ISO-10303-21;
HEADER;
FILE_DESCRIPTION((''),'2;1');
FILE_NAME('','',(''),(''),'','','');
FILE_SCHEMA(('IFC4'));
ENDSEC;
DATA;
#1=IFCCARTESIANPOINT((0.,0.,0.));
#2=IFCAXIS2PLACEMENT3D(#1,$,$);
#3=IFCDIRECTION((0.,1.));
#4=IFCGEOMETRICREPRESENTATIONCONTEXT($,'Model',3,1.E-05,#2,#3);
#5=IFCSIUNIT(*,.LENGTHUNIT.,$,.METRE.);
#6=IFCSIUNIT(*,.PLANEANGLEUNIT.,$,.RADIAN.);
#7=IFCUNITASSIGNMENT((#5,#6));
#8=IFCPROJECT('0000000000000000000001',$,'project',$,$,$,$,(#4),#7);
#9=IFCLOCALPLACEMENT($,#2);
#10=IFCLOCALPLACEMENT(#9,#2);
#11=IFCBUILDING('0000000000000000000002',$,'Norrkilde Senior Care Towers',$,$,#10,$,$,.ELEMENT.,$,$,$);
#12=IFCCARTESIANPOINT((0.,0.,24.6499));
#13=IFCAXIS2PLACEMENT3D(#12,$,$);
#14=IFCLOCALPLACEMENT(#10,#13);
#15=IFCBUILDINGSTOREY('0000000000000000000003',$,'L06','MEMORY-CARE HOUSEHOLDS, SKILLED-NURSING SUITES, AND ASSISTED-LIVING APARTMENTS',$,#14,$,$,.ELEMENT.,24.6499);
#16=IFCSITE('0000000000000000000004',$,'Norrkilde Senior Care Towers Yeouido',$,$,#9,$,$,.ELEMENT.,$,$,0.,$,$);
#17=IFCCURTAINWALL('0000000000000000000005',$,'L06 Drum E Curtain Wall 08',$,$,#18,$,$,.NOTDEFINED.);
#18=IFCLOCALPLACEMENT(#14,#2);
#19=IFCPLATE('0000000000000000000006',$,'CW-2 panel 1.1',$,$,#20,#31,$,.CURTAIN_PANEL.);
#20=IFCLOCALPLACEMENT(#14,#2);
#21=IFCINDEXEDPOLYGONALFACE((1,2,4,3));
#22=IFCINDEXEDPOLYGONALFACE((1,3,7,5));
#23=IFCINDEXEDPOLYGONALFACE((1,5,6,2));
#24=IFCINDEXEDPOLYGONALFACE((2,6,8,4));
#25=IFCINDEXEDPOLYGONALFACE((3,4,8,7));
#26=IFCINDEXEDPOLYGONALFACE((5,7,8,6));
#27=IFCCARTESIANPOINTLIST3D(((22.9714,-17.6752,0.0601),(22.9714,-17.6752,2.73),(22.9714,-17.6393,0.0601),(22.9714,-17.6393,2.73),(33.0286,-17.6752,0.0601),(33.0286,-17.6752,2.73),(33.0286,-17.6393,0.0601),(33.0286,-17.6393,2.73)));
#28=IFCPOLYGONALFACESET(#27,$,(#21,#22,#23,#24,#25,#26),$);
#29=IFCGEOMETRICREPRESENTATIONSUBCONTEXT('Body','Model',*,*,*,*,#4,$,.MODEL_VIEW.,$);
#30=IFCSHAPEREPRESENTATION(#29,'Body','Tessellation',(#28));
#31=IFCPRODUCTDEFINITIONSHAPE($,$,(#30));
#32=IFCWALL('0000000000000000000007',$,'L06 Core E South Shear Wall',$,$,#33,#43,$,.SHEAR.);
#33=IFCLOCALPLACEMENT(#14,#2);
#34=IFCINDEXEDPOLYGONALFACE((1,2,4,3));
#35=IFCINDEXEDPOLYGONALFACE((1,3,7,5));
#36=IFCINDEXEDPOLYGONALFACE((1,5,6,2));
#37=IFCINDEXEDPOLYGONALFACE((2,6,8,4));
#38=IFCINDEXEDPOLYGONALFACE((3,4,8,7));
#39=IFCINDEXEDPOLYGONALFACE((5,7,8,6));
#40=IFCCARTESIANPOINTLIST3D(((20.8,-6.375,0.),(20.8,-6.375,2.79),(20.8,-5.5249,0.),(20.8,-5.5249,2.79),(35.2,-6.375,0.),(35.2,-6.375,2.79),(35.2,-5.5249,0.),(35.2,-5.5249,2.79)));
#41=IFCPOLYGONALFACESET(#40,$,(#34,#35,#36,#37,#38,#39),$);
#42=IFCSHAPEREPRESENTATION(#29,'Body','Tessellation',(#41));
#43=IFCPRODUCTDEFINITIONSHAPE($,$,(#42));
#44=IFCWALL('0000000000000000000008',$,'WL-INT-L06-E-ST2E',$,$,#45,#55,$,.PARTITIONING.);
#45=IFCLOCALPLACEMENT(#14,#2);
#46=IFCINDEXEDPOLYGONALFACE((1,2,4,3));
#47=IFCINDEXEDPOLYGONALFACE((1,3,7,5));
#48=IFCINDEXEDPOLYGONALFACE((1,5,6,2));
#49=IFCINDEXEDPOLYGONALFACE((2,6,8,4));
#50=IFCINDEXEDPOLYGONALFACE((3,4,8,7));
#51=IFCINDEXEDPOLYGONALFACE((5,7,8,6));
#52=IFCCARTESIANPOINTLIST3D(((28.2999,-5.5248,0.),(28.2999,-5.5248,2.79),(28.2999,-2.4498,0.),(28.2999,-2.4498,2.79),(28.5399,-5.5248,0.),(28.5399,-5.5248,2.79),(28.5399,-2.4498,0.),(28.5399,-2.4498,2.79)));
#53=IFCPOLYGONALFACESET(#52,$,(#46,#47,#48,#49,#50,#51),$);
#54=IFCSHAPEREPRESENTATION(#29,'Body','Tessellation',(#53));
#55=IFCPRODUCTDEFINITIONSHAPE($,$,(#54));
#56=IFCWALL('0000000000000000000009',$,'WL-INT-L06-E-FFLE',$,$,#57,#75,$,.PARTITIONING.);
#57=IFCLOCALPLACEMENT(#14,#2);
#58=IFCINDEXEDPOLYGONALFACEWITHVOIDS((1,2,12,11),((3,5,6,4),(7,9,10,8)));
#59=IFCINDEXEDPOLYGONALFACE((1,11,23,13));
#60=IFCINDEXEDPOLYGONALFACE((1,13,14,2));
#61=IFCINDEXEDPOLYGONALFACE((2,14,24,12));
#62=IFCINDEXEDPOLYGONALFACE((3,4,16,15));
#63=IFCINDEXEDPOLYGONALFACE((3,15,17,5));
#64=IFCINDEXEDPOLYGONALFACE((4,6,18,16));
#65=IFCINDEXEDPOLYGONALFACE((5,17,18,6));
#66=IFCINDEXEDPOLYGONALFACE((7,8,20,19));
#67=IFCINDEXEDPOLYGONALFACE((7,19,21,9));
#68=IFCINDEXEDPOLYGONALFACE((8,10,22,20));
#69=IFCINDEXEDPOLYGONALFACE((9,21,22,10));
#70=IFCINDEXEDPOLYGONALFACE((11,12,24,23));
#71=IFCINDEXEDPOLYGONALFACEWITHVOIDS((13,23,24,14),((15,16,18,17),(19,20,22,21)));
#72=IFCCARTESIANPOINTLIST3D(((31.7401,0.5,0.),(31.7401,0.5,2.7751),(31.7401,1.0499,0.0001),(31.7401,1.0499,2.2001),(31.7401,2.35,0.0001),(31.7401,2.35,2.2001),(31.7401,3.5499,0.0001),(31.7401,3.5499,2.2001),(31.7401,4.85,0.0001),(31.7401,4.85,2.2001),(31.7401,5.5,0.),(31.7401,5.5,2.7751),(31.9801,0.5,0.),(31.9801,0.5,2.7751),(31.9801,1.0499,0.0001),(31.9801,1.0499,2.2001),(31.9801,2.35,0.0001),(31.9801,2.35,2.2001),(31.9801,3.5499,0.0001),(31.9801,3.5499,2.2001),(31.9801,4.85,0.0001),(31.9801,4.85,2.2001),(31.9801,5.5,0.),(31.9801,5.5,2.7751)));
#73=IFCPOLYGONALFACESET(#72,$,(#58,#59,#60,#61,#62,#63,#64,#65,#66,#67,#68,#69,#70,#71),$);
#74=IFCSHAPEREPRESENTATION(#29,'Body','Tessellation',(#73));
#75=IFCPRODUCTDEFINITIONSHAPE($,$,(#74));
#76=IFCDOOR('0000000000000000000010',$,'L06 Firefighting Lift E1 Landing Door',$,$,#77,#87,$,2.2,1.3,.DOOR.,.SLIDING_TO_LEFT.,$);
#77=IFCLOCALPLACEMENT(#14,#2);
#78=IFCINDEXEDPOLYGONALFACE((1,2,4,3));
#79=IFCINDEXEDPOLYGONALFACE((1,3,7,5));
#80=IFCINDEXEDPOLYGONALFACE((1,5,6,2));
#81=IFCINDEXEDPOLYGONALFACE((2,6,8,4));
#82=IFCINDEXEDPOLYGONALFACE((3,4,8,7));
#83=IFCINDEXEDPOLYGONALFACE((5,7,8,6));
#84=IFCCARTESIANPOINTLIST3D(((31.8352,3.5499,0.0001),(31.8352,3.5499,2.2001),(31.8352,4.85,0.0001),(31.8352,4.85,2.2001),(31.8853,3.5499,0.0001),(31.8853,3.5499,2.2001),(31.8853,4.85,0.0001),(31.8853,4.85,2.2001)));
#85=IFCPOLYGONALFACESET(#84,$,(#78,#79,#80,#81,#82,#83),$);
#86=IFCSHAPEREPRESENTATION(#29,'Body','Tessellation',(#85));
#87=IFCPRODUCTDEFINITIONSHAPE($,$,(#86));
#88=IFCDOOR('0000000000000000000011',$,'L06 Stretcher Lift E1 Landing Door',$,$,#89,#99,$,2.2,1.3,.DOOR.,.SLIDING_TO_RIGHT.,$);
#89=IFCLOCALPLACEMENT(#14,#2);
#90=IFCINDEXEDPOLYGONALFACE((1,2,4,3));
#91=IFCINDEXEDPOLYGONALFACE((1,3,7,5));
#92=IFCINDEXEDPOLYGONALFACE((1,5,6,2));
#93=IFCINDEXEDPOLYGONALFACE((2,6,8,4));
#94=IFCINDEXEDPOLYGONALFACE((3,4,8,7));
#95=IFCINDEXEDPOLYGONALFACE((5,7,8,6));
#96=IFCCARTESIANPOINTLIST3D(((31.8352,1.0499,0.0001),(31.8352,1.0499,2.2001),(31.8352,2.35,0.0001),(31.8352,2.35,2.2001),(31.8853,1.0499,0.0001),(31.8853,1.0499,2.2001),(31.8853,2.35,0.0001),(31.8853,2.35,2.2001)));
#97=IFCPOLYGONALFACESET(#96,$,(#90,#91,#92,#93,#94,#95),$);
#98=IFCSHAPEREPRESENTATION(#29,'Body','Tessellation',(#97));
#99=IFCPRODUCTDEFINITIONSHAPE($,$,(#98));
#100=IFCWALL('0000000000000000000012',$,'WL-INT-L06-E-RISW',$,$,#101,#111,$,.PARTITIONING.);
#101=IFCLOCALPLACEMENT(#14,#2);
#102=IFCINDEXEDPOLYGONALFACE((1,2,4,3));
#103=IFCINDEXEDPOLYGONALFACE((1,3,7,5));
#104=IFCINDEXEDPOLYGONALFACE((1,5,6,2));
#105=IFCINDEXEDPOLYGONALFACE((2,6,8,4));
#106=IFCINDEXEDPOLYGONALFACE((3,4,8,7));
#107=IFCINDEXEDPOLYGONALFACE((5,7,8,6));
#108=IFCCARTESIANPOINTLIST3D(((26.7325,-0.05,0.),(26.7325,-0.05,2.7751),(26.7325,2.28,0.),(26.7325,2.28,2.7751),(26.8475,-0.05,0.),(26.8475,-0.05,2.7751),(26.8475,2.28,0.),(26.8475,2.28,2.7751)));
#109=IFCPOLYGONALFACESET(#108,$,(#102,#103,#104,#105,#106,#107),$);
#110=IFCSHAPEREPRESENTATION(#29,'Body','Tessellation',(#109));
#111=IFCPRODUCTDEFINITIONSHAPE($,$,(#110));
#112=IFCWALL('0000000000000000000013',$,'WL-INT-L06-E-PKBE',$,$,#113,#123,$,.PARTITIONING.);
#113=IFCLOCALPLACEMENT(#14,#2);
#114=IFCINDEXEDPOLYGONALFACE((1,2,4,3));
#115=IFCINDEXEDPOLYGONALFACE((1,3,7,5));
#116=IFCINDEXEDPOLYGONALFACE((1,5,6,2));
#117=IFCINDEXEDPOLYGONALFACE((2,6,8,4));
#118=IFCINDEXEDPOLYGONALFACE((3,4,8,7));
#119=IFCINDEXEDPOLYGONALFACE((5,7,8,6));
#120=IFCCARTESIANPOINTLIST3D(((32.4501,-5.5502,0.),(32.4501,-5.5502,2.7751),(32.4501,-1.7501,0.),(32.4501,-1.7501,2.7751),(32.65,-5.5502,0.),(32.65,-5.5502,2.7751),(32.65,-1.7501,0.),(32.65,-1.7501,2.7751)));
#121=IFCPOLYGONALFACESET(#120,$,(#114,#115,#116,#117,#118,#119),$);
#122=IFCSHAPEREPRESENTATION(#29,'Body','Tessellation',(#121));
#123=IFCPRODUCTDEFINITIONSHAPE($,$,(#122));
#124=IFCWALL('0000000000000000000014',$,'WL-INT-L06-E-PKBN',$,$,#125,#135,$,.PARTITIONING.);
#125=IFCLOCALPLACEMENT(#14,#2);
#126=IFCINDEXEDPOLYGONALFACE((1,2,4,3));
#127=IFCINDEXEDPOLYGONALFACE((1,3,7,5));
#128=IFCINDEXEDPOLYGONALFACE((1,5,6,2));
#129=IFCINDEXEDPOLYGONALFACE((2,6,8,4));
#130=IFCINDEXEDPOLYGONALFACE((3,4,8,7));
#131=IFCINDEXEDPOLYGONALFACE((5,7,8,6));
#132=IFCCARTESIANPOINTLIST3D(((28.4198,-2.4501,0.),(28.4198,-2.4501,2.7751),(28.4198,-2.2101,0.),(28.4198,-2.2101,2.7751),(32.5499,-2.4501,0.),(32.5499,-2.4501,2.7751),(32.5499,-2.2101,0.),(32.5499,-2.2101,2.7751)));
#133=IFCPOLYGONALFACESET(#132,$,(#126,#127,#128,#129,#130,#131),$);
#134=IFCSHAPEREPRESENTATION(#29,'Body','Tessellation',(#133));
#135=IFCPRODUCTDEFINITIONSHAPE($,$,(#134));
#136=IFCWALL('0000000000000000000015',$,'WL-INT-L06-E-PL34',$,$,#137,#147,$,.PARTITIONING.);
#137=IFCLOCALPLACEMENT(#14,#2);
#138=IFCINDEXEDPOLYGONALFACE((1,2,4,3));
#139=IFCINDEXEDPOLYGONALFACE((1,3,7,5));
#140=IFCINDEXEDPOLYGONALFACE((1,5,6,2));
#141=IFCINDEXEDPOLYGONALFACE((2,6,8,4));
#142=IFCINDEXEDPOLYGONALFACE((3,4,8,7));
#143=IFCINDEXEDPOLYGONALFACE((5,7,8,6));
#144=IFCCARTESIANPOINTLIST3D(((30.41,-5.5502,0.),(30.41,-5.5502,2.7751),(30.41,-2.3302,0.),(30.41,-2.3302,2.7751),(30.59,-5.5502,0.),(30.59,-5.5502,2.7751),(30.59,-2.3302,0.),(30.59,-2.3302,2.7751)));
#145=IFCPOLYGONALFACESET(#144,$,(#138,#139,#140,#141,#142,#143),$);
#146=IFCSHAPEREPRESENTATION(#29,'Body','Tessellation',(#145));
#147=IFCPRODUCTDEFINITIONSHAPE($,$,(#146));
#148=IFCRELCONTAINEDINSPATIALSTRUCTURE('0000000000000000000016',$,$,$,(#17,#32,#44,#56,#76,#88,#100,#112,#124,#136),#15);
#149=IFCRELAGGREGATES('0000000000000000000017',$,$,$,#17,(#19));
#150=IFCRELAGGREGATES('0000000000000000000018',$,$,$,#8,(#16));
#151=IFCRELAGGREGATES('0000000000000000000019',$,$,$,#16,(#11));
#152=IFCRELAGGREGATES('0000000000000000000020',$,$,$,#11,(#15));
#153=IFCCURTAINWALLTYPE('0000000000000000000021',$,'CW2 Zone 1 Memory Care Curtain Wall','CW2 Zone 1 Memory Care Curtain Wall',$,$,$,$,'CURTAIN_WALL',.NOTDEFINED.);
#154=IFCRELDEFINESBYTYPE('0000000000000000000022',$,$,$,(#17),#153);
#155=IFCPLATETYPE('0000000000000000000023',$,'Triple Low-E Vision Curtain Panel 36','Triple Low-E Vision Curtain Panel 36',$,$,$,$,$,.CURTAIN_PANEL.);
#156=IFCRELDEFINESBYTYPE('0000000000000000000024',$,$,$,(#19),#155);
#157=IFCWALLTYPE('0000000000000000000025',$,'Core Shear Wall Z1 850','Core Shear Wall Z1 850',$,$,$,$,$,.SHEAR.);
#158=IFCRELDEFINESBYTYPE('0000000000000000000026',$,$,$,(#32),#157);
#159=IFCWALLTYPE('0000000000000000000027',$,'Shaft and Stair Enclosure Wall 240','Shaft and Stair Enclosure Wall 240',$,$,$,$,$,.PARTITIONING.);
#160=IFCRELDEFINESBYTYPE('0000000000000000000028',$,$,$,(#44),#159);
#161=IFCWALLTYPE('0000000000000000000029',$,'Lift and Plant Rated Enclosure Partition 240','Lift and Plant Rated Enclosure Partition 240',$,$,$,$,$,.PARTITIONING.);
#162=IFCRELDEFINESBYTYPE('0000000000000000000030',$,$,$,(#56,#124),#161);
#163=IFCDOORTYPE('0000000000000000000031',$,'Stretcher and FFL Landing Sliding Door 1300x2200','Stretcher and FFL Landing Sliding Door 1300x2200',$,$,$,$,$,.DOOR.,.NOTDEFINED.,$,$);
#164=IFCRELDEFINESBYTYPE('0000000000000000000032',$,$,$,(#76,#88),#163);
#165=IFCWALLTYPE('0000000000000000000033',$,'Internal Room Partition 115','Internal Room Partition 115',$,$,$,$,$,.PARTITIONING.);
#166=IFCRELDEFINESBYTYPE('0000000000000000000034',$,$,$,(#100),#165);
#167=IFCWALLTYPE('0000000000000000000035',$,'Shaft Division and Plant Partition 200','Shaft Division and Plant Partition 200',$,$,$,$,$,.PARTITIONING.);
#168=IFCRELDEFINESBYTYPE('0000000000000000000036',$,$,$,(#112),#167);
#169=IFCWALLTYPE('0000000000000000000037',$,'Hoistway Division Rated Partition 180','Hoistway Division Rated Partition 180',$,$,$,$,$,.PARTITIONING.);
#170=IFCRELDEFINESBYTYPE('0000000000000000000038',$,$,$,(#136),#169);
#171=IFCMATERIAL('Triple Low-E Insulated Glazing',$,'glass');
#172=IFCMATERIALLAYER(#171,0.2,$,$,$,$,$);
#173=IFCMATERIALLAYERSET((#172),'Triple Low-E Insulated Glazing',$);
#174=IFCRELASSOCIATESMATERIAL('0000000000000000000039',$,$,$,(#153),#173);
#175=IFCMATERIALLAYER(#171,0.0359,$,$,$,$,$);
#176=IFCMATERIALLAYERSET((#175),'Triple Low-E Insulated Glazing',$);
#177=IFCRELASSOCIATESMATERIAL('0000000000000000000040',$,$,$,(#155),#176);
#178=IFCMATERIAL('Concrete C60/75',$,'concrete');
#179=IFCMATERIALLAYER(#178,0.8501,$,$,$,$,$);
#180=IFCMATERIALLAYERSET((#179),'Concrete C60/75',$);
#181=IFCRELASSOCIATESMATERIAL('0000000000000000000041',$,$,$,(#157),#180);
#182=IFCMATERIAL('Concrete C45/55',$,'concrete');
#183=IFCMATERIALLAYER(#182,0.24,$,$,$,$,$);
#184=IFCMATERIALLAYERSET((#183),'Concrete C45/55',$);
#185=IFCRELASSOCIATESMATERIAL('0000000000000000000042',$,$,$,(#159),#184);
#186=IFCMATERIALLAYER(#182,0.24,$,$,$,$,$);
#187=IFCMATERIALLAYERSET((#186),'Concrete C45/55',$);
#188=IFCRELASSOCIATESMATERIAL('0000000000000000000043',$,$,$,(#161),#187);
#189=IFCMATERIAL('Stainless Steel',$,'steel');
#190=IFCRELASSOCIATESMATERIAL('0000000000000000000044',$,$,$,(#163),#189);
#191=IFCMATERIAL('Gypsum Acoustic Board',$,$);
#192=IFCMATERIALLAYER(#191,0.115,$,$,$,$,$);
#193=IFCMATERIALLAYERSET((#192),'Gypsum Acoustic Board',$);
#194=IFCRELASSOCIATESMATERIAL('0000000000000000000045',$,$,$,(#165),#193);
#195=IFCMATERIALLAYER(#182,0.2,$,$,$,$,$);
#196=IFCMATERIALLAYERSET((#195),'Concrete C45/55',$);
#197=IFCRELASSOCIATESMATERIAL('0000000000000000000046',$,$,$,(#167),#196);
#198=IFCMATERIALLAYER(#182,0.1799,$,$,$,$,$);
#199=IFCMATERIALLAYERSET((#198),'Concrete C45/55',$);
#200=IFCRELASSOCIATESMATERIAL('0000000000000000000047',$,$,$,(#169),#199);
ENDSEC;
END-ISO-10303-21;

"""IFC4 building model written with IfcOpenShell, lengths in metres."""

from ifc_helpers import new_model, si_unit, direction, frame, frame_2d, origin, origin_2d, place, context, subcontext, project, spatial, rectangle, extrude, source, transform, mapped, material, layer, layer_set, type_object, type_shapes, element, fill, aggregate, save


model = new_model("IFC4")

# Units and contexts
model_context = context("Model", 3, precision=1e-05, world=origin(), true_north=direction((0.0, 1.0)))
body_context = subcontext(model_context, "Body", "Model", "MODEL_VIEW")
ifc_project = project(units=[si_unit("LENGTHUNIT", "METRE"), si_unit("PLANEANGLEUNIT", "RADIAN")], contexts=[model_context])

# Site, building, storey
site_placement = place(None, origin())
site = spatial("IfcSite", under=ifc_project, at=site_placement, Name="Norrkilde Senior Care Towers Yeouido", CompositionType="ELEMENT", RefElevation=0.0)
building_placement = place(site_placement, origin())
building = spatial("IfcBuilding", under=site, at=building_placement, Name="Norrkilde Senior Care Towers", CompositionType="ELEMENT")
storey_placement = place(building_placement, frame((0.0, 0.0, 24.6499)))
storey = spatial("IfcBuildingStorey", under=building, at=storey_placement, Name="L06", Description="MEMORY-CARE HOUSEHOLDS, SKILLED-NURSING SUITES, AND ASSISTED-LIVING APARTMENTS", CompositionType="ELEMENT", Elevation=24.6499)

# Shared definitions
ifc_material_1 = material(Name="Concrete C60/75", Category="concrete")

# Curtain wall, plate
ifc_material_2 = material(Name="Triple Low-E Insulated Glazing", Category="glass")
ifc_layer_1 = layer(ifc_material_2, 0.2)
ifc_layer_set_1 = layer_set([ifc_layer_1], Name="Triple Low-E Insulated Glazing")
curtain_wall_type = type_object("IfcCurtainWallType", Name="CW2 Zone 1 Memory Care Curtain Wall", Description="CW2 Zone 1 Memory Care Curtain Wall", ElementType="CURTAIN_WALL", PredefinedType="NOTDEFINED", material=ifc_layer_set_1)
curtain_wall_placement = place(storey_placement, origin())
curtain_wall = element("IfcCurtainWall", 1, at=curtain_wall_placement, inside=storey, type_object=curtain_wall_type, Name="L06 Drum E Curtain Wall 08", PredefinedType="NOTDEFINED")
ifc_layer_2 = layer(ifc_material_2, 0.0359)
ifc_layer_set_2 = layer_set([ifc_layer_2], Name="Triple Low-E Insulated Glazing")
plate_type = type_object("IfcPlateType", Name="Triple Low-E Vision Curtain Panel 36", Description="Triple Low-E Vision Curtain Panel 36", PredefinedType="CURTAIN_PANEL", material=ifc_layer_set_2)
shared_shape_1 = source(origin(), body_context, "Body", "SweptSolid", [
    extrude(rectangle(XDim=10.0571, YDim=0.0359, at=origin_2d()), origin(), (0.0, 0.0, 1.0), 2.6699),
])
type_shapes(plate_type, [shared_shape_1])
plate_placement = place(storey_placement, frame((28.0, -17.6572, 0.0601), z_axis=(0.0, 0.0, 1.0), x_axis=(-1.0, 0.0, 0.0)))
plate = element("IfcPlate", 2, at=plate_placement, type_object=plate_type, Name="CW-2 panel 1.1", PredefinedType="CURTAIN_PANEL", context=body_context, shape_type="MappedRepresentation", body=[
    mapped(shared_shape_1, transform((0.0, 0.0, 0.0), x_axis=(1.0, 0.0, 0.0), y_axis=(0.0, 1.0, 0.0), z_axis=(0.0, 0.0, 1.0), scale=1.0)),
])
aggregate(curtain_wall, [plate])

# Walls
ifc_layer_3 = layer(ifc_material_1, 0.8501)
ifc_layer_set_3 = layer_set([ifc_layer_3], Name="Concrete C60/75")
wall_type_1 = type_object("IfcWallType", Name="Core Shear Wall Z1 850", Description="Core Shear Wall Z1 850", PredefinedType="SHEAR", material=ifc_layer_set_3)
shared_shape_2 = source(origin(), body_context, "Body", "SweptSolid", [
    extrude(rectangle(XDim=14.3999, YDim=0.8501, at=frame_2d((7.2, 0.0))), origin(), (0.0, 0.0, 1.0), 2.79),
])
type_shapes(wall_type_1, [shared_shape_2])
wall_1_placement = place(storey_placement, frame((35.2, -5.95, 0.0), z_axis=(0.0, 0.0, 1.0), x_axis=(-1.0, 0.0, 0.0)))
element("IfcWall", 3, at=wall_1_placement, inside=storey, type_object=wall_type_1, Name="L06 Core E South Shear Wall", PredefinedType="SHEAR", context=body_context, shape_type="MappedRepresentation", body=[
    mapped(shared_shape_2, transform((0.0, 0.0, 0.0), x_axis=(1.0, 0.0, 0.0), y_axis=(0.0, 1.0, 0.0), z_axis=(0.0, 0.0, 1.0), scale=1.0)),
])
ifc_material_3 = material(Name="Concrete C45/55", Category="concrete")
ifc_layer_4 = layer(ifc_material_3, 0.24)
ifc_layer_set_4 = layer_set([ifc_layer_4], Name="Concrete C45/55")
wall_type_2 = type_object("IfcWallType", Name="Shaft and Stair Enclosure Wall 240", Description="Shaft and Stair Enclosure Wall 240", PredefinedType="PARTITIONING", material=ifc_layer_set_4)
shared_shape_3 = source(origin(), body_context, "Body", "SweptSolid", [
    extrude(rectangle(XDim=3.075, YDim=0.24, at=frame_2d((1.5376, 0.0))), origin(), (0.0, 0.0, 1.0), 2.79),
])
type_shapes(wall_type_2, [shared_shape_3])
wall_2_placement = place(storey_placement, frame((28.4199, -5.5249, 0.0), z_axis=(0.0, 0.0, 1.0), x_axis=(0.0, 1.0, 0.0)))
element("IfcWall", 4, at=wall_2_placement, inside=storey, type_object=wall_type_2, Name="WL-INT-L06-E-ST2E", PredefinedType="PARTITIONING", context=body_context, shape_type="MappedRepresentation", body=[
    mapped(shared_shape_3, transform((0.0, 0.0, 0.0), x_axis=(1.0, 0.0, 0.0), y_axis=(0.0, 1.0, 0.0), z_axis=(0.0, 0.0, 1.0), scale=1.0)),
])

# Wall, openings, doors
ifc_layer_5 = layer(ifc_material_3, 0.24)
ifc_layer_set_5 = layer_set([ifc_layer_5], Name="Concrete C45/55")
wall_type_3 = type_object("IfcWallType", Name="Lift and Plant Rated Enclosure Partition 240", Description="Lift and Plant Rated Enclosure Partition 240", PredefinedType="PARTITIONING", material=ifc_layer_set_5)
shared_shape_4 = source(origin(), body_context, "Body", "SweptSolid", [
    extrude(rectangle(XDim=5.0, YDim=0.24, at=frame_2d((2.5, 0.0))), origin(), (0.0, 0.0, 1.0), 2.7751),
])
wall_3_placement = place(storey_placement, frame((31.8601, 0.5, 0.0), z_axis=(0.0, 0.0, 1.0), x_axis=(0.0, 1.0, 0.0)))
wall_3 = element("IfcWall", 5, at=wall_3_placement, inside=storey, type_object=wall_type_3, Name="WL-INT-L06-E-FFLE", PredefinedType="PARTITIONING", context=body_context, shape_type="MappedRepresentation", body=[
    mapped(shared_shape_4, transform((0.0, 0.0, 0.0), x_axis=(1.0, 0.0, 0.0), y_axis=(0.0, 1.0, 0.0), z_axis=(0.0, 0.0, 1.0), scale=1.0)),
])
opening_1_placement = place(wall_3_placement, frame((3.05, 0.0, 0.0)))
opening_1 = element("IfcOpeningElement", 6, at=opening_1_placement, cuts=wall_3, PredefinedType="OPENING", context=body_context, shape_type="SweptSolid", body=[
    extrude(rectangle(XDim=1.3, YDim=2.2, at=frame_2d((0.6499, 1.1001))), frame((0.0, 0.1299, 0.0), z_axis=(0.0, -1.0, 0.0), x_axis=(1.0, 0.0, 0.0)), (0.0, 0.0, 1.0), 0.26),
])
opening_2_placement = place(wall_3_placement, frame((0.55, 0.0, 0.0)))
opening_2 = element("IfcOpeningElement", 7, at=opening_2_placement, cuts=wall_3, PredefinedType="OPENING", context=body_context, shape_type="SweptSolid", body=[
    extrude(rectangle(XDim=1.3, YDim=2.2, at=frame_2d((0.6499, 1.1001))), frame((0.0, 0.1299, 0.0), z_axis=(0.0, -1.0, 0.0), x_axis=(1.0, 0.0, 0.0)), (0.0, 0.0, 1.0), 0.26),
])
ifc_material_4 = material(Name="Stainless Steel", Category="steel")
door_type_1 = type_object("IfcDoorType", Name="Stretcher and FFL Landing Sliding Door 1300x2200", Description="Stretcher and FFL Landing Sliding Door 1300x2200", OperationType="NOTDEFINED", PredefinedType="DOOR", material=ifc_material_4)
shared_shape_5 = source(origin(), body_context, "Body", "SweptSolid", [
    extrude(rectangle(XDim=1.3, YDim=2.2, at=frame_2d((0.6499, 1.1001))), frame((0.0, 0.0249, 0.0), z_axis=(0.0, -1.0, 0.0), x_axis=(1.0, 0.0, 0.0)), (0.0, 0.0, 1.0), 0.05),
])
type_shapes(door_type_1, [shared_shape_5])
door_1_placement = place(opening_1_placement, origin())
door_1 = element("IfcDoor", 8, at=door_1_placement, inside=storey, type_object=door_type_1, Name="L06 Firefighting Lift E1 Landing Door", OperationType="SLIDING_TO_LEFT", OverallHeight=2.2, OverallWidth=1.3, PredefinedType="DOOR", context=body_context, shape_type="MappedRepresentation", body=[
    mapped(shared_shape_5, transform((0.0, 0.0, 0.0), x_axis=(1.0, 0.0, 0.0), y_axis=(0.0, 1.0, 0.0), z_axis=(0.0, 0.0, 1.0), scale=1.0)),
])
fill(opening_1, door_1)
door_2_placement = place(opening_2_placement, origin())
door_2 = element("IfcDoor", 9, at=door_2_placement, inside=storey, type_object=door_type_1, Name="L06 Stretcher Lift E1 Landing Door", OperationType="SLIDING_TO_RIGHT", OverallHeight=2.2, OverallWidth=1.3, PredefinedType="DOOR", context=body_context, shape_type="MappedRepresentation", body=[
    mapped(shared_shape_5, transform((0.0, 0.0, 0.0), x_axis=(1.0, 0.0, 0.0), y_axis=(0.0, 1.0, 0.0), z_axis=(0.0, 0.0, 1.0), scale=1.0)),
])
fill(opening_2, door_2)

# Walls
ifc_material_5 = material(Name="Gypsum Acoustic Board")
ifc_layer_6 = layer(ifc_material_5, 0.115)
ifc_layer_set_6 = layer_set([ifc_layer_6], Name="Gypsum Acoustic Board")
wall_type_4 = type_object("IfcWallType", Name="Internal Room Partition 115", Description="Internal Room Partition 115", PredefinedType="PARTITIONING", material=ifc_layer_set_6)
shared_shape_6 = source(origin(), body_context, "Body", "SweptSolid", [
    extrude(rectangle(XDim=2.3301, YDim=0.115, at=frame_2d((1.165, 0.0))), origin(), (0.0, 0.0, 1.0), 2.7751),
])
type_shapes(wall_type_4, [shared_shape_6])
wall_4_placement = place(storey_placement, frame((26.79, -0.05, 0.0), z_axis=(0.0, 0.0, 1.0), x_axis=(0.0, 1.0, 0.0)))
element("IfcWall", 10, at=wall_4_placement, inside=storey, type_object=wall_type_4, Name="WL-INT-L06-E-RISW", PredefinedType="PARTITIONING", context=body_context, shape_type="MappedRepresentation", body=[
    mapped(shared_shape_6, transform((0.0, 0.0, 0.0), x_axis=(1.0, 0.0, 0.0), y_axis=(0.0, 1.0, 0.0), z_axis=(0.0, 0.0, 1.0), scale=1.0)),
])
ifc_layer_7 = layer(ifc_material_3, 0.2)
ifc_layer_set_7 = layer_set([ifc_layer_7], Name="Concrete C45/55")
wall_type_5 = type_object("IfcWallType", Name="Shaft Division and Plant Partition 200", Description="Shaft Division and Plant Partition 200", PredefinedType="PARTITIONING", material=ifc_layer_set_7)
shared_shape_7 = source(origin(), body_context, "Body", "SweptSolid", [
    extrude(rectangle(XDim=3.8, YDim=0.2, at=frame_2d((1.8999, 0.0))), origin(), (0.0, 0.0, 1.0), 2.7751),
])
type_shapes(wall_type_5, [shared_shape_7])
wall_5_placement = place(storey_placement, frame((32.55, -5.55, 0.0), z_axis=(0.0, 0.0, 1.0), x_axis=(0.0, 1.0, 0.0)))
element("IfcWall", 11, at=wall_5_placement, inside=storey, type_object=wall_type_5, Name="WL-INT-L06-E-PKBE", PredefinedType="PARTITIONING", context=body_context, shape_type="MappedRepresentation", body=[
    mapped(shared_shape_7, transform((0.0, 0.0, 0.0), x_axis=(1.0, 0.0, 0.0), y_axis=(0.0, 1.0, 0.0), z_axis=(0.0, 0.0, 1.0), scale=1.0)),
])
shared_shape_8 = source(origin(), body_context, "Body", "SweptSolid", [
    extrude(rectangle(XDim=4.1301, YDim=0.24, at=frame_2d((2.0649, 0.0))), origin(), (0.0, 0.0, 1.0), 2.7751),
])
type_shapes(wall_type_3, [shared_shape_4, shared_shape_8])
wall_6_placement = place(storey_placement, frame((28.4199, -2.3301, 0.0), z_axis=(0.0, 0.0, 1.0), x_axis=(1.0, 0.0, 0.0)))
element("IfcWall", 12, at=wall_6_placement, inside=storey, type_object=wall_type_3, Name="WL-INT-L06-E-PKBN", PredefinedType="PARTITIONING", context=body_context, shape_type="MappedRepresentation", body=[
    mapped(shared_shape_8, transform((0.0, 0.0, 0.0), x_axis=(1.0, 0.0, 0.0), y_axis=(0.0, 1.0, 0.0), z_axis=(0.0, 0.0, 1.0), scale=1.0)),
])
ifc_layer_8 = layer(ifc_material_3, 0.1799)
ifc_layer_set_8 = layer_set([ifc_layer_8], Name="Concrete C45/55")
wall_type_6 = type_object("IfcWallType", Name="Hoistway Division Rated Partition 180", Description="Hoistway Division Rated Partition 180", PredefinedType="PARTITIONING", material=ifc_layer_set_8)
shared_shape_9 = source(origin(), body_context, "Body", "SweptSolid", [
    extrude(rectangle(XDim=3.22, YDim=0.1799, at=frame_2d((1.6099, 0.0))), origin(), (0.0, 0.0, 1.0), 2.7751),
])
type_shapes(wall_type_6, [shared_shape_9])
wall_7_placement = place(storey_placement, frame((30.5, -5.55, 0.0), z_axis=(0.0, 0.0, 1.0), x_axis=(0.0, 1.0, 0.0)))
element("IfcWall", 13, at=wall_7_placement, inside=storey, type_object=wall_type_6, Name="WL-INT-L06-E-PL34", PredefinedType="PARTITIONING", context=body_context, shape_type="MappedRepresentation", body=[
    mapped(shared_shape_9, transform((0.0, 0.0, 0.0), x_axis=(1.0, 0.0, 0.0), y_axis=(0.0, 1.0, 0.0), z_axis=(0.0, 0.0, 1.0), scale=1.0)),
])

save(model, "model.ifc")
